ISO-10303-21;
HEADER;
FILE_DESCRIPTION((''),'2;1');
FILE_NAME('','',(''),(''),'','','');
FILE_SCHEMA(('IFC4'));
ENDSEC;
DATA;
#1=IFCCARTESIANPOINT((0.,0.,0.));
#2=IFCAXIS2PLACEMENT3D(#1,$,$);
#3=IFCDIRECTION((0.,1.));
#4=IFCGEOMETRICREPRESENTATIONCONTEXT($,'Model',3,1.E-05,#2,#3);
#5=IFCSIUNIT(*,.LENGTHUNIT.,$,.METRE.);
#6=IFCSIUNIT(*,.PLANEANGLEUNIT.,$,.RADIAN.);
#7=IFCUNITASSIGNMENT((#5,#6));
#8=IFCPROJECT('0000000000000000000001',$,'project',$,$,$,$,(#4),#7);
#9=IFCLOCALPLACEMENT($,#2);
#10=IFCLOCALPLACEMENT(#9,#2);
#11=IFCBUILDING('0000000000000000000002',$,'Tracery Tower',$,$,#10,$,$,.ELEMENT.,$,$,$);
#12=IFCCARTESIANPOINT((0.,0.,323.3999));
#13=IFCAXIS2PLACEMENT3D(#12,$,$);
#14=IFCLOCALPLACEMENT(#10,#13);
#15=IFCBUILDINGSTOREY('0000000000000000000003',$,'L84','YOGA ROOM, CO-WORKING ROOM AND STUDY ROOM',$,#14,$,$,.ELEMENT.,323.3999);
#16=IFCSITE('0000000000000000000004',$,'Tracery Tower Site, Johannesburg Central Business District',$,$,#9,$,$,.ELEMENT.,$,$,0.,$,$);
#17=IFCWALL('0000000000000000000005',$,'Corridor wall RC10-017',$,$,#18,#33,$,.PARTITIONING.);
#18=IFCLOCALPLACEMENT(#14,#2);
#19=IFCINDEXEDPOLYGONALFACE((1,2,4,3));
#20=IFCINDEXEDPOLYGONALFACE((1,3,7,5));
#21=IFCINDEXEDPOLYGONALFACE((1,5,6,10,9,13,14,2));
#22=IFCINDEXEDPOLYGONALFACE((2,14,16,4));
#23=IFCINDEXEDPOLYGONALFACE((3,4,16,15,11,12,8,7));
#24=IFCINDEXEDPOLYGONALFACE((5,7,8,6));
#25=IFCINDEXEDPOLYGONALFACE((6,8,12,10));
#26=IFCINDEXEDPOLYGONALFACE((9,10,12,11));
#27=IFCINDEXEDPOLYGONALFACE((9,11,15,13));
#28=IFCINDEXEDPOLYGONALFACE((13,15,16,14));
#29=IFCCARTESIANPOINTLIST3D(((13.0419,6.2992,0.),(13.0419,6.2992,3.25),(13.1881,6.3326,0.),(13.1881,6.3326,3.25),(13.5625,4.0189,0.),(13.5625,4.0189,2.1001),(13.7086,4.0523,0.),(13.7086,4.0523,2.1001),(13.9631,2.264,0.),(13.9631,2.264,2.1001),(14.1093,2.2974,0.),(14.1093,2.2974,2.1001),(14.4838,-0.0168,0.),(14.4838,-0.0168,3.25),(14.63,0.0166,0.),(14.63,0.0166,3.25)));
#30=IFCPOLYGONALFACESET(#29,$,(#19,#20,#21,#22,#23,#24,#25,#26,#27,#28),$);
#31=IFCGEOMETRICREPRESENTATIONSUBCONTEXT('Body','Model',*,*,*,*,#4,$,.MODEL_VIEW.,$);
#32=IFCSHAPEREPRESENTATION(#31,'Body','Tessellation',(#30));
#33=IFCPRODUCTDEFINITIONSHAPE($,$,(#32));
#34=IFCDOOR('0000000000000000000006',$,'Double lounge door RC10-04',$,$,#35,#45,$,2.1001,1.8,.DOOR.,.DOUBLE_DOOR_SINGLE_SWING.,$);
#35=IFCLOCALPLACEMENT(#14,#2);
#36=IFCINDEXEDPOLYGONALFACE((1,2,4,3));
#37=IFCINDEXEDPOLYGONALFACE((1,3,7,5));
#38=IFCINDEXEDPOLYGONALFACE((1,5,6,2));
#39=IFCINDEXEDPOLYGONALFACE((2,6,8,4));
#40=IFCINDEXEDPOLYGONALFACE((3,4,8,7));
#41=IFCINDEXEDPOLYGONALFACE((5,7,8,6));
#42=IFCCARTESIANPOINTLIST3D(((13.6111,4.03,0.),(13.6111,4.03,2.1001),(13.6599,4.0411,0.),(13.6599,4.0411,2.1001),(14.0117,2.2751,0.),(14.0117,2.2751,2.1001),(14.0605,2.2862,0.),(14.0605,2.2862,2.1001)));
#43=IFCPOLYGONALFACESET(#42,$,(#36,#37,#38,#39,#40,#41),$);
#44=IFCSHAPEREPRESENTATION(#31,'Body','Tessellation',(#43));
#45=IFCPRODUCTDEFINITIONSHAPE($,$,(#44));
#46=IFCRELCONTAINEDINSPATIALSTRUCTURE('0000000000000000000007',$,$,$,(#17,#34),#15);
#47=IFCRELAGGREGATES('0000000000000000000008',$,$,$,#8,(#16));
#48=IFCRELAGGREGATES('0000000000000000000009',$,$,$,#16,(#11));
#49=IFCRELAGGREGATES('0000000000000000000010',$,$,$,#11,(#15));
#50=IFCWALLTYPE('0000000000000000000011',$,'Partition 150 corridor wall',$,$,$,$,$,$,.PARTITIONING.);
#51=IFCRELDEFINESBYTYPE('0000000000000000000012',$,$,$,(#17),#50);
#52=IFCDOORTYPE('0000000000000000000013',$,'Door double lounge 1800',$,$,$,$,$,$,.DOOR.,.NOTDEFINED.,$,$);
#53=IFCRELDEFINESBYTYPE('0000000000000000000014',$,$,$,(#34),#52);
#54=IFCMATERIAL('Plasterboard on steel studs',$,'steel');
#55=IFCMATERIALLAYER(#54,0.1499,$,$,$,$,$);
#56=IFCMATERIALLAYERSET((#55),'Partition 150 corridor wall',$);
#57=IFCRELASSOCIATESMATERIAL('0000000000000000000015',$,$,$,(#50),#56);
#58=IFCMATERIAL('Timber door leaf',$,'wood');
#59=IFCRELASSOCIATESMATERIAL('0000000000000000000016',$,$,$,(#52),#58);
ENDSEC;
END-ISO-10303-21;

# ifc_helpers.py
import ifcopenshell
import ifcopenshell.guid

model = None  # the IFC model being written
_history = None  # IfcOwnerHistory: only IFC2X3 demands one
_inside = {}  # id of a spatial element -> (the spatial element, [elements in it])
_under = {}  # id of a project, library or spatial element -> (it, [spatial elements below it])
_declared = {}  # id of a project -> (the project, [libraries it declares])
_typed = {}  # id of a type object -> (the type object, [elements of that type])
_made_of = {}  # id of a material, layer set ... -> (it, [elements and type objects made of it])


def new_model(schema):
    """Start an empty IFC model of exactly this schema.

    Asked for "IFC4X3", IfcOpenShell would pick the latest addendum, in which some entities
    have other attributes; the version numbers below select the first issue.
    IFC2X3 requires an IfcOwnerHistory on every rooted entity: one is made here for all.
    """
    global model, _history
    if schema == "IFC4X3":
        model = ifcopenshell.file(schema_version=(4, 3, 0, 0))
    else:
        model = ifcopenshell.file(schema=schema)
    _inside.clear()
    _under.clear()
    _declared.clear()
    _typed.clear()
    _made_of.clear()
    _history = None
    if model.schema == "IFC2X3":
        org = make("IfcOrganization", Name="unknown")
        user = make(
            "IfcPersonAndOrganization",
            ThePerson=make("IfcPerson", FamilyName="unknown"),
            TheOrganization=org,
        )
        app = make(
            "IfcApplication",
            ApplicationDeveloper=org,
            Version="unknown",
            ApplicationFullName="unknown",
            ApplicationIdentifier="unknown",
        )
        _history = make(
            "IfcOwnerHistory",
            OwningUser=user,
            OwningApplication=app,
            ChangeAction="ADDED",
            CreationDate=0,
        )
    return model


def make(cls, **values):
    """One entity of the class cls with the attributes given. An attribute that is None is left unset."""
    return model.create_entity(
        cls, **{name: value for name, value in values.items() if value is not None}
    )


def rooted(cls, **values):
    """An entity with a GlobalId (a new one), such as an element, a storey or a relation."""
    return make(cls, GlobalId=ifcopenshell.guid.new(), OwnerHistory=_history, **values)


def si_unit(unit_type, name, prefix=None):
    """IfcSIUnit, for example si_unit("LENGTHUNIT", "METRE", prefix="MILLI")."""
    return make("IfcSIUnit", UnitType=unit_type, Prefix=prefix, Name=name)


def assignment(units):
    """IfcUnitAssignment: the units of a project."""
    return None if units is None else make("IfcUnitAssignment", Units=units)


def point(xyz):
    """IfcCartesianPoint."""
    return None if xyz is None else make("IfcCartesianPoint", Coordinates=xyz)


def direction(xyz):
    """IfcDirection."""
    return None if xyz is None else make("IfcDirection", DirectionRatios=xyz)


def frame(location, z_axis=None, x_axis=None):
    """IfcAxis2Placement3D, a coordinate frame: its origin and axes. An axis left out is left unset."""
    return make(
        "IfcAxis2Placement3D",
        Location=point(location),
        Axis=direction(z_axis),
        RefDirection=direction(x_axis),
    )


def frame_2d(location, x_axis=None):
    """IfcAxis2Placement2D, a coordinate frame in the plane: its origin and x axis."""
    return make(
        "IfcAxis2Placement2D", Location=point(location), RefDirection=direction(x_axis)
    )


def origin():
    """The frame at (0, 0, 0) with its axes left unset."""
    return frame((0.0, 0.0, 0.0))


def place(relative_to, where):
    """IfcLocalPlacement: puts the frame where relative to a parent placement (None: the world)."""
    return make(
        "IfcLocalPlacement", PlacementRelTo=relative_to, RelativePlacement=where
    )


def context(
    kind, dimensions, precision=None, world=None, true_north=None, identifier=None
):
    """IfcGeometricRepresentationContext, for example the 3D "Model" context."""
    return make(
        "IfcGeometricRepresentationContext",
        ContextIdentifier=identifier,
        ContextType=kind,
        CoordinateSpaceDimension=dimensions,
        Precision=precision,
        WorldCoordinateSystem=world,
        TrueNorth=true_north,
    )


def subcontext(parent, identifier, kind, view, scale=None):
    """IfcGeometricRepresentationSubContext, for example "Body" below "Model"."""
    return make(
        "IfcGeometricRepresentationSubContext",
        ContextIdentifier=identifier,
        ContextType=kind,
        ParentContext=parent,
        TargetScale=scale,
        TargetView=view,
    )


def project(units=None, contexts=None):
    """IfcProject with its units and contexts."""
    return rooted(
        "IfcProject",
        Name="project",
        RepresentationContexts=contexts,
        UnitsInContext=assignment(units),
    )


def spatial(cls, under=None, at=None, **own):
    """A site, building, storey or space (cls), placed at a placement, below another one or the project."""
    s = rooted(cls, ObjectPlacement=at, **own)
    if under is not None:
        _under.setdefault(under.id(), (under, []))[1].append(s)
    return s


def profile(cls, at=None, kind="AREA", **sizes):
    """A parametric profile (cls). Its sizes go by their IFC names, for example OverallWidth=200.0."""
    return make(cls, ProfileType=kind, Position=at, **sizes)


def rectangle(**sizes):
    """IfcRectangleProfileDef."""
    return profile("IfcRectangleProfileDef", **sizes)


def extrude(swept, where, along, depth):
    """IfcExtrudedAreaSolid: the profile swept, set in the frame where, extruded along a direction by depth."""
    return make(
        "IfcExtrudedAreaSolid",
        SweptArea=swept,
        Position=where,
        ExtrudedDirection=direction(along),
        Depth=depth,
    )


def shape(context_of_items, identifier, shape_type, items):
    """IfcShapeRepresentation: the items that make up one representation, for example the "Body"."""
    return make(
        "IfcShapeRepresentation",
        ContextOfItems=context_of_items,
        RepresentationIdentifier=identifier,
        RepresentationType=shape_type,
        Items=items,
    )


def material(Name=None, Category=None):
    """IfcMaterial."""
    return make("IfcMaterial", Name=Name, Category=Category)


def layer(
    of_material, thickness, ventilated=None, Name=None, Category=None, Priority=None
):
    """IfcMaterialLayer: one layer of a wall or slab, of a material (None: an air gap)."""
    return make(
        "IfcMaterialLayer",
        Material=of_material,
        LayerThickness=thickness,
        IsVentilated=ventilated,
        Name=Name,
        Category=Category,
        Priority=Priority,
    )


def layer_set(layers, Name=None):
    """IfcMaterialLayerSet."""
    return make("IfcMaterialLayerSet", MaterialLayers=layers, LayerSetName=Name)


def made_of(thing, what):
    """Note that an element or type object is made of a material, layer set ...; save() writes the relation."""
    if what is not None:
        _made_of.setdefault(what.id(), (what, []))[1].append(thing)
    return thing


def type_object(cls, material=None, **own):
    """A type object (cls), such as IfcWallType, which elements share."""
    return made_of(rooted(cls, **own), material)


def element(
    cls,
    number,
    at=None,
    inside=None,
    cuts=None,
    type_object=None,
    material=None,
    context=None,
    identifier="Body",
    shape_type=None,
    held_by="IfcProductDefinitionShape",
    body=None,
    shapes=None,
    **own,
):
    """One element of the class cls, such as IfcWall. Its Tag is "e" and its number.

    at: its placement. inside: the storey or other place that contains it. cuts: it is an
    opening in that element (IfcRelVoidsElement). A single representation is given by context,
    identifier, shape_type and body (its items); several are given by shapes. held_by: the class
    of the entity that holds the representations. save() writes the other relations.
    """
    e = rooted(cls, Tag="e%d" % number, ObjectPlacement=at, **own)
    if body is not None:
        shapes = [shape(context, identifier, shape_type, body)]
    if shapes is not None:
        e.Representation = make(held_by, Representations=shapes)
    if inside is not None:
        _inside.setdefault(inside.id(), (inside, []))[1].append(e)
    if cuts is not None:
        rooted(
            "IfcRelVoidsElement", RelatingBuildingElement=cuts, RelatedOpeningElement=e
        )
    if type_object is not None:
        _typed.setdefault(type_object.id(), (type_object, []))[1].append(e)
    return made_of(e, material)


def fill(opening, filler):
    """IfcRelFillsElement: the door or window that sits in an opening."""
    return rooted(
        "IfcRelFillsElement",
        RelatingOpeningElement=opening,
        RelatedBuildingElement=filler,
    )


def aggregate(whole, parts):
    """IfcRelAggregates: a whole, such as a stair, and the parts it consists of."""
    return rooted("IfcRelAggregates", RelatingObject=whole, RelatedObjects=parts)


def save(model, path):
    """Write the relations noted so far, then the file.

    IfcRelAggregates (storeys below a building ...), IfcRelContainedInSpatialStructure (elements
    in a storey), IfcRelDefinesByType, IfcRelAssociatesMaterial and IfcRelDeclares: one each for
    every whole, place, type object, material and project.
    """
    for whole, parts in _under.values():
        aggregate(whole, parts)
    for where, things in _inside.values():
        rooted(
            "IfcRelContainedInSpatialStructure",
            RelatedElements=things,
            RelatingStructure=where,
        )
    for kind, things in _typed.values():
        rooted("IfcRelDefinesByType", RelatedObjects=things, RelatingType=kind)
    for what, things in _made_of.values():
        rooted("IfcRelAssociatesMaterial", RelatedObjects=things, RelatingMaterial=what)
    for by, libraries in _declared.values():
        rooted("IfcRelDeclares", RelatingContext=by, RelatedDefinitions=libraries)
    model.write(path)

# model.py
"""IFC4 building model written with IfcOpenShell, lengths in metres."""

from ifc_helpers import new_model, si_unit, direction, frame, frame_2d, origin, place, context, subcontext, project, spatial, rectangle, extrude, material, layer, layer_set, type_object, element, fill, save


model = new_model("IFC4")

# Units and contexts
model_context = context("Model", 3, precision=1e-05, world=origin(), true_north=direction((0.0, 1.0)))
body_context = subcontext(model_context, "Body", "Model", "MODEL_VIEW")
ifc_project = project(units=[si_unit("LENGTHUNIT", "METRE"), si_unit("PLANEANGLEUNIT", "RADIAN")], contexts=[model_context])

# Site, building, storey
site_placement = place(None, origin())
site = spatial("IfcSite", under=ifc_project, at=site_placement, Name="Tracery Tower Site, Johannesburg Central Business District", CompositionType="ELEMENT", RefElevation=0.0)
building_placement = place(site_placement, origin())
building = spatial("IfcBuilding", under=site, at=building_placement, Name="Tracery Tower", CompositionType="ELEMENT")
storey_placement = place(building_placement, frame((0.0, 0.0, 323.3999)))
storey = spatial("IfcBuildingStorey", under=building, at=storey_placement, Name="L84", Description="YOGA ROOM, CO-WORKING ROOM AND STUDY ROOM", CompositionType="ELEMENT", Elevation=323.3999)

# Shared definitions
ifc_material_1 = material(Name="Plasterboard on steel studs", Category="steel")
ifc_layer_1 = layer(ifc_material_1, 0.1499)
ifc_layer_set_1 = layer_set([ifc_layer_1], Name="Partition 150 corridor wall")
wall_type_1 = type_object("IfcWallType", Name="Partition 150 corridor wall", PredefinedType="PARTITIONING", material=ifc_layer_set_1)

# Wall, opening, door
wall_1_placement = place(storey_placement, frame((13.115, 6.3159, 0.0), z_axis=(0.0, 0.0, 1.0), x_axis=(0.222569, -0.974917, 0.0)))
wall_1 = element("IfcWall", 1, at=wall_1_placement, inside=storey, type_object=wall_type_1, Name="Corridor wall RC10-017", PredefinedType="PARTITIONING", context=body_context, shape_type="SweptSolid", body=[
    extrude(rectangle(XDim=6.4785, YDim=0.1499, at=frame_2d((3.2393, 0.0))), origin(), (0.0, 0.0, 1.0), 3.25),
])
opening_1_placement = place(wall_1_placement, frame((2.3391, 0.0, 0.0)))
opening_1 = element("IfcOpeningElement", 2, at=opening_1_placement, cuts=wall_1, PredefinedType="OPENING", context=body_context, shape_type="SweptSolid", body=[
    extrude(rectangle(XDim=1.8, YDim=2.1001, at=frame_2d((0.8999, 1.05))), frame((0.0, 0.075, 0.0), z_axis=(0.0, -1.0, 0.0), x_axis=(1.0, 0.0, 0.0)), (0.0, 0.0, 1.0), 0.1499),
])
ifc_material_2 = material(Name="Timber door leaf", Category="wood")
door_type = type_object("IfcDoorType", Name="Door double lounge 1800", OperationType="NOTDEFINED", PredefinedType="DOOR", material=ifc_material_2)
door_placement = place(opening_1_placement, origin())
door = element("IfcDoor", 3, at=door_placement, inside=storey, type_object=door_type, Name="Double lounge door RC10-04", OperationType="DOUBLE_DOOR_SINGLE_SWING", OverallHeight=2.1001, OverallWidth=1.8, PredefinedType="DOOR", context=body_context, shape_type="SweptSolid", body=[
    extrude(rectangle(XDim=1.8, YDim=2.1001, at=frame_2d((0.8999, 1.05))), frame((0.0, 0.0249, 0.0), z_axis=(0.0, -1.0, 0.0), x_axis=(1.0, 0.0, 0.0)), (0.0, 0.0, 1.0), 0.05),
])
fill(opening_1, door)

save(model, "model.ifc")
